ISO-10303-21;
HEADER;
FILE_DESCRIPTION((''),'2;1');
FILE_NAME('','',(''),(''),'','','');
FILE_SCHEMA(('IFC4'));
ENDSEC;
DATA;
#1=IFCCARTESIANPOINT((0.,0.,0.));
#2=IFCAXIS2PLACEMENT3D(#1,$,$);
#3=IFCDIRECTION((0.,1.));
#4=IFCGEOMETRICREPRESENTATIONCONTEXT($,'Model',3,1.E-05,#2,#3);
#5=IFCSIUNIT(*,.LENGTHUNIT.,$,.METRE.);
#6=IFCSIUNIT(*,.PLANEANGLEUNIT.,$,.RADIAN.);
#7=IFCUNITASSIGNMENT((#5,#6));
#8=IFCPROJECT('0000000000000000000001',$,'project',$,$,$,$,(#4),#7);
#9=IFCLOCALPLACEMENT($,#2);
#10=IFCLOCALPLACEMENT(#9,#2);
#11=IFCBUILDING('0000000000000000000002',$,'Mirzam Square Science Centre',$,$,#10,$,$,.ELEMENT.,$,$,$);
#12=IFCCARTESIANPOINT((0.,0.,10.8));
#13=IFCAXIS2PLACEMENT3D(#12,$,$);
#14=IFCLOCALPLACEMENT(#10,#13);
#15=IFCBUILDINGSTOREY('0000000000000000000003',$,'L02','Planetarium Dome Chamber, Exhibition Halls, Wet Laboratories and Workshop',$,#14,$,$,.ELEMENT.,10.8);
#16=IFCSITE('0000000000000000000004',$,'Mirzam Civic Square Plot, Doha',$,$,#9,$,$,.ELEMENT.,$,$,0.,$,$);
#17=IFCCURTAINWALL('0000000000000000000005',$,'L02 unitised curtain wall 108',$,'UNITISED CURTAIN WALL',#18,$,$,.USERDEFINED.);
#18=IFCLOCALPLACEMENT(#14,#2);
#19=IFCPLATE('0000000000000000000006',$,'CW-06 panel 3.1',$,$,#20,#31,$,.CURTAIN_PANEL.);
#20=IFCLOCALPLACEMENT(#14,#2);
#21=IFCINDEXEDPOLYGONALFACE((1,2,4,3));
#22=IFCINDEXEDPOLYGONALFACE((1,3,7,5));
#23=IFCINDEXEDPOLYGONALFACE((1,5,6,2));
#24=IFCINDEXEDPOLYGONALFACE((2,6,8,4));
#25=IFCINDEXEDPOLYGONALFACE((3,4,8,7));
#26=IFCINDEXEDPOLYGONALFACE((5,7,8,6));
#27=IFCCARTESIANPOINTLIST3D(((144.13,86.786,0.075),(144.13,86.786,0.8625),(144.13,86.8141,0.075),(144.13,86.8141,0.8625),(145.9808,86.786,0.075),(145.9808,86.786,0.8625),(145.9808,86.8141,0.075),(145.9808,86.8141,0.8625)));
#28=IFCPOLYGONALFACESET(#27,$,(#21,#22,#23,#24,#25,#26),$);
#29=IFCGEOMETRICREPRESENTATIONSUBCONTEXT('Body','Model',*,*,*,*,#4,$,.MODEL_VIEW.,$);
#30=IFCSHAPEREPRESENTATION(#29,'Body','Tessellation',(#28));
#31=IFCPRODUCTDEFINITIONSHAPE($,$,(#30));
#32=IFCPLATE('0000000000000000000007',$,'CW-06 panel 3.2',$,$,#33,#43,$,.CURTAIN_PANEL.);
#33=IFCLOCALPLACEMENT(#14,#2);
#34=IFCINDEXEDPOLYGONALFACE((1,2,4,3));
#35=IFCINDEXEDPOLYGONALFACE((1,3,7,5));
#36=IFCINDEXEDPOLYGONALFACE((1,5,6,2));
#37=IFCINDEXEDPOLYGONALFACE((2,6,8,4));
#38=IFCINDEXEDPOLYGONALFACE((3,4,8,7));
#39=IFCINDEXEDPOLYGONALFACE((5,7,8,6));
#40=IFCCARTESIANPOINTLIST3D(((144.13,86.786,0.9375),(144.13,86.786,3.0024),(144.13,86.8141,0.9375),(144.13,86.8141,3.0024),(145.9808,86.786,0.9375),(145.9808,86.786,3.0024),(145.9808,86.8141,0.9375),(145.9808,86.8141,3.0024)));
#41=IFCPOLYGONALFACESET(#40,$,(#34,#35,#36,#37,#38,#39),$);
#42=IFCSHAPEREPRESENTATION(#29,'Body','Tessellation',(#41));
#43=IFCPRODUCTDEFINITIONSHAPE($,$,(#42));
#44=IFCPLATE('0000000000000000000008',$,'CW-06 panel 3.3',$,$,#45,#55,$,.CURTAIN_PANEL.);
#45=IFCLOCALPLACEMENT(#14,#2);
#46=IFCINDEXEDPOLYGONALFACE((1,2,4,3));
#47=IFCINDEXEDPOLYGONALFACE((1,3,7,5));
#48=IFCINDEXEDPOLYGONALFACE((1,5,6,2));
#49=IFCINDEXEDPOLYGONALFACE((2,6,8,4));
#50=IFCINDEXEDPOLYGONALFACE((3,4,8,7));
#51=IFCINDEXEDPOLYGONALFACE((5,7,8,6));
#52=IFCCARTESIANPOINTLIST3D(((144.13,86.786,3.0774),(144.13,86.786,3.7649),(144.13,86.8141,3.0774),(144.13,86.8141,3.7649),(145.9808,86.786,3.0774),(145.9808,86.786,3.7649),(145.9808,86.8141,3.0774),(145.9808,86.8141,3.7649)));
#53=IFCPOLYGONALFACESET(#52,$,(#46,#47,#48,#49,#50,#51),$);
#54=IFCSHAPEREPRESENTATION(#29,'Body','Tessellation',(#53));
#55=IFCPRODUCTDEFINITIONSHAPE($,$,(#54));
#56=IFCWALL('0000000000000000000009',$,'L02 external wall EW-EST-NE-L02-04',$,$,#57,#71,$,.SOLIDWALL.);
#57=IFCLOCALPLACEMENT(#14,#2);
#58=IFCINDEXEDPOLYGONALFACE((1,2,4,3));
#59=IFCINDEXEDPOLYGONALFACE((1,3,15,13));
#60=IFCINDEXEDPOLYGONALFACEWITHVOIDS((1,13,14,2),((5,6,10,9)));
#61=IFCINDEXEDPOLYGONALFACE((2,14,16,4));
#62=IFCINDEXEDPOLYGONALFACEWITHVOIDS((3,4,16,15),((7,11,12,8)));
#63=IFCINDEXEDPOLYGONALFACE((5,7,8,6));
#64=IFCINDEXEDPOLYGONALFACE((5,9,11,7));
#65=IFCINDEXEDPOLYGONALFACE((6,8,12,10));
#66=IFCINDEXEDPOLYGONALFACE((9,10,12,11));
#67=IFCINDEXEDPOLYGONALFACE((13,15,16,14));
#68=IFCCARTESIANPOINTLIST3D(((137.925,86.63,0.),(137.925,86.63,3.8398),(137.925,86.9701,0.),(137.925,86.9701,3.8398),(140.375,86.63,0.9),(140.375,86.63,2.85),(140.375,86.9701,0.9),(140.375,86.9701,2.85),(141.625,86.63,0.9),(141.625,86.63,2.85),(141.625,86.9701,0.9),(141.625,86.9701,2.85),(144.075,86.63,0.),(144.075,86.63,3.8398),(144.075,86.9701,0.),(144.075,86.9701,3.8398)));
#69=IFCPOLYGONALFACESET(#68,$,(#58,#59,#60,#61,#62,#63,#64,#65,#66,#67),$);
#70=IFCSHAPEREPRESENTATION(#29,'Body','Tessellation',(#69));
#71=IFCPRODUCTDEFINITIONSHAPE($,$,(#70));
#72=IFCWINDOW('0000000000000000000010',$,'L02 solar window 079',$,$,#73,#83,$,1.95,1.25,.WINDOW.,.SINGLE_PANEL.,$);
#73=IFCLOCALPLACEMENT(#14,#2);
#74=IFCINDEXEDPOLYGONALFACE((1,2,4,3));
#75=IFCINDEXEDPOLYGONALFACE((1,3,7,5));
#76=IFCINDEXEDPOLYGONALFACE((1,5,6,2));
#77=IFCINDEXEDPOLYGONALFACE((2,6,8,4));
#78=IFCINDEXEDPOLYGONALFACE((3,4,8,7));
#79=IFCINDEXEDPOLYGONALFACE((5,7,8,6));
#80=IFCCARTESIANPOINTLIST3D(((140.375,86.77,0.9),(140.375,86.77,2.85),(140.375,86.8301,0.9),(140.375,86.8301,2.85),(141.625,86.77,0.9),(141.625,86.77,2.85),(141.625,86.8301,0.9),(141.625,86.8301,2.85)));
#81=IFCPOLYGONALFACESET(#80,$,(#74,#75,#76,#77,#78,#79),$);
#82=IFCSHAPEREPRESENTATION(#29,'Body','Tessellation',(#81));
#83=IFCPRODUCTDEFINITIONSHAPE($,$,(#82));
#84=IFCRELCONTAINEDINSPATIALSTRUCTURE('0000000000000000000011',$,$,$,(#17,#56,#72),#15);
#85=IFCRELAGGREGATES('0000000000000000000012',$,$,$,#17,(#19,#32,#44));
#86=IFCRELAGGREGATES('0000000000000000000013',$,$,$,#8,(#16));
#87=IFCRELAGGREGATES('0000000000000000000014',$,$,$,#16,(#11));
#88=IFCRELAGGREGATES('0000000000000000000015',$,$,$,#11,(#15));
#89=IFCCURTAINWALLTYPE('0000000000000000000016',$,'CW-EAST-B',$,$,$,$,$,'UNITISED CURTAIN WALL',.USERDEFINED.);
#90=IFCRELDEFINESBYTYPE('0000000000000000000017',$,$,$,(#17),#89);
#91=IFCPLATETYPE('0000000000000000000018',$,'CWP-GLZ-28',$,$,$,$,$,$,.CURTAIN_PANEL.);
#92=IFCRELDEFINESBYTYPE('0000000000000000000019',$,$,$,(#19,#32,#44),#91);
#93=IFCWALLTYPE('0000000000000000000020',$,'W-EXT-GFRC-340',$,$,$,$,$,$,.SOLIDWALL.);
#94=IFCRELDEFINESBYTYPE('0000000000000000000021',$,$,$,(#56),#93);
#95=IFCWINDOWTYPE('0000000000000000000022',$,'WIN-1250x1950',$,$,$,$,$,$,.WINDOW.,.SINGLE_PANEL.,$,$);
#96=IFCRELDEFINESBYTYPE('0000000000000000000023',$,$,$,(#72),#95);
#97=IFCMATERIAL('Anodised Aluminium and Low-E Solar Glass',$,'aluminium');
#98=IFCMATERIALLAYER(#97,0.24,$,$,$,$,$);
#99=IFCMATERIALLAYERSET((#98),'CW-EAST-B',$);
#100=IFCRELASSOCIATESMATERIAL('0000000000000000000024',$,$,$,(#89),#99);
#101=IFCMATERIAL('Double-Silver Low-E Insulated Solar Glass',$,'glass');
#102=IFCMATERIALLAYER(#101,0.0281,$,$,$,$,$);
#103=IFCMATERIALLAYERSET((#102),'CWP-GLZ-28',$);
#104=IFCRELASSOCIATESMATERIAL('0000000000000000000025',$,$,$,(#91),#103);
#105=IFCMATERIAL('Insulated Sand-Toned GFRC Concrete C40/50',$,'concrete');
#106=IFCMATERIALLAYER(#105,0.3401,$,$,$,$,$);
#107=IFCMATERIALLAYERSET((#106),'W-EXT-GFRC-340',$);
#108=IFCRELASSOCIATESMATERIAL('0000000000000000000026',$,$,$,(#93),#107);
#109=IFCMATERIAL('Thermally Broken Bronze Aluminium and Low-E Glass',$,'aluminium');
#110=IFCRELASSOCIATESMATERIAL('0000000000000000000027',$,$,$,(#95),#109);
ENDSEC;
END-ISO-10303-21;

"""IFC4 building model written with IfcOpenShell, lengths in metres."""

from ifc_helpers import new_model, si_unit, direction, frame, frame_2d, origin, origin_2d, place, context, subcontext, project, spatial, rectangle, extrude, material, layer, layer_set, type_object, element, fill, aggregate, save


model = new_model("IFC4")

# Units and contexts
model_context = context("Model", 3, precision=1e-05, world=origin(), true_north=direction((0.0, 1.0)))
body_context = subcontext(model_context, "Body", "Model", "MODEL_VIEW")
ifc_project = project(units=[si_unit("LENGTHUNIT", "METRE"), si_unit("PLANEANGLEUNIT", "RADIAN")], contexts=[model_context])

# Site, building, storey
site_placement = place(None, origin())
site = spatial("IfcSite", under=ifc_project, at=site_placement, Name="Mirzam Civic Square Plot, Doha", CompositionType="ELEMENT", RefElevation=0.0)
building_placement = place(site_placement, origin())
building = spatial("IfcBuilding", under=site, at=building_placement, Name="Mirzam Square Science Centre", CompositionType="ELEMENT")
storey_placement = place(building_placement, frame((0.0, 0.0, 10.8)))
storey = spatial("IfcBuildingStorey", under=building, at=storey_placement, Name="L02", Description="Planetarium Dome Chamber, Exhibition Halls, Wet Laboratories and Workshop", CompositionType="ELEMENT", Elevation=10.8)

# Curtain wall
ifc_material_1 = material(Name="Anodised Aluminium and Low-E Solar Glass", Category="aluminium")
ifc_layer_1 = layer(ifc_material_1, 0.24)
ifc_layer_set_1 = layer_set([ifc_layer_1], Name="CW-EAST-B")
curtain_wall_type = type_object("IfcCurtainWallType", Name="CW-EAST-B", ElementType="UNITISED CURTAIN WALL", PredefinedType="USERDEFINED", material=ifc_layer_set_1)
curtain_wall_placement = place(storey_placement, origin())
curtain_wall = element("IfcCurtainWall", 1, at=curtain_wall_placement, inside=storey, type_object=curtain_wall_type, Name="L02 unitised curtain wall 108", ObjectType="UNITISED CURTAIN WALL", PredefinedType="USERDEFINED")

# Plates
ifc_material_2 = material(Name="Double-Silver Low-E Insulated Solar Glass", Category="glass")
ifc_layer_2 = layer(ifc_material_2, 0.0281)
ifc_layer_set_2 = layer_set([ifc_layer_2], Name="CWP-GLZ-28")
plate_type = type_object("IfcPlateType", Name="CWP-GLZ-28", PredefinedType="CURTAIN_PANEL", material=ifc_layer_set_2)
plate_1_placement = place(storey_placement, frame((145.0554, 86.8, 0.075), z_axis=(0.0, 0.0, 1.0), x_axis=(-1.0, 0.0, 0.0)))
plate_1 = element("IfcPlate", 2, at=plate_1_placement, type_object=plate_type, Name="CW-06 panel 3.1", PredefinedType="CURTAIN_PANEL", context=body_context, shape_type="SweptSolid", body=[
    extrude(rectangle(XDim=1.8508, YDim=0.0281, at=origin_2d()), origin(), (0.0, 0.0, 1.0), 0.7876),
])
plate_2_placement = place(storey_placement, frame((145.0554, 86.8, 0.9375), z_axis=(0.0, 0.0, 1.0), x_axis=(-1.0, 0.0, 0.0)))
plate_2 = element("IfcPlate", 3, at=plate_2_placement, type_object=plate_type, Name="CW-06 panel 3.2", PredefinedType="CURTAIN_PANEL", context=body_context, shape_type="SweptSolid", body=[
    extrude(rectangle(XDim=1.8508, YDim=0.0281, at=origin_2d()), origin(), (0.0, 0.0, 1.0), 2.0649),
])
plate_3_placement = place(storey_placement, frame((145.0554, 86.8, 3.0774), z_axis=(0.0, 0.0, 1.0), x_axis=(-1.0, 0.0, 0.0)))
plate_3 = element("IfcPlate", 4, at=plate_3_placement, type_object=plate_type, Name="CW-06 panel 3.3", PredefinedType="CURTAIN_PANEL", context=body_context, shape_type="SweptSolid", body=[
    extrude(rectangle(XDim=1.8508, YDim=0.0281, at=origin_2d()), origin(), (0.0, 0.0, 1.0), 0.6875),
])
aggregate(curtain_wall, [plate_1, plate_2, plate_3])

# Wall, opening, window
ifc_material_3 = material(Name="Insulated Sand-Toned GFRC Concrete C40/50", Category="concrete")
ifc_layer_3 = layer(ifc_material_3, 0.3401)
ifc_layer_set_3 = layer_set([ifc_layer_3], Name="W-EXT-GFRC-340")
wall_type = type_object("IfcWallType", Name="W-EXT-GFRC-340", PredefinedType="SOLIDWALL", material=ifc_layer_set_3)
wall_placement = place(storey_placement, frame((144.075, 86.8, 0.0), z_axis=(0.0, 0.0, 1.0), x_axis=(-1.0, 0.0, 0.0)))
wall = element("IfcWall", 5, at=wall_placement, inside=storey, type_object=wall_type, Name="L02 external wall EW-EST-NE-L02-04", PredefinedType="SOLIDWALL", context=body_context, shape_type="SweptSolid", body=[
    extrude(rectangle(XDim=6.1499, YDim=0.3401, at=frame_2d((3.075, 0.0))), origin(), (0.0, 0.0, 1.0), 3.8398),
])
opening_placement = place(wall_placement, frame((2.45, 0.0, 0.8999)))
opening = element("IfcOpeningElement", 6, at=opening_placement, cuts=wall, PredefinedType="OPENING", context=body_context, shape_type="SweptSolid", body=[
    extrude(rectangle(XDim=1.25, YDim=1.95, at=frame_2d((0.625, 0.9751))), frame((0.0, 0.1799, 0.0), z_axis=(0.0, -1.0, 0.0), x_axis=(1.0, 0.0, 0.0)), (0.0, 0.0, 1.0), 0.3601),
])
ifc_material_4 = material(Name="Thermally Broken Bronze Aluminium and Low-E Glass", Category="aluminium")
window_type = type_object("IfcWindowType", Name="WIN-1250x1950", PartitioningType="SINGLE_PANEL", PredefinedType="WINDOW", material=ifc_material_4)
window_placement = place(opening_placement, origin())
window = element("IfcWindow", 7, at=window_placement, inside=storey, type_object=window_type, Name="L02 solar window 079", OverallHeight=1.95, OverallWidth=1.25, PartitioningType="SINGLE_PANEL", PredefinedType="WINDOW", context=body_context, shape_type="SweptSolid", body=[
    extrude(rectangle(XDim=1.25, YDim=1.95, at=frame_2d((0.625, 0.9751))), frame((0.0, 0.03, 0.0), z_axis=(0.0, -1.0, 0.0), x_axis=(1.0, 0.0, 0.0)), (0.0, 0.0, 1.0), 0.0601),
])
fill(opening, window)

save(model, "model.ifc")
